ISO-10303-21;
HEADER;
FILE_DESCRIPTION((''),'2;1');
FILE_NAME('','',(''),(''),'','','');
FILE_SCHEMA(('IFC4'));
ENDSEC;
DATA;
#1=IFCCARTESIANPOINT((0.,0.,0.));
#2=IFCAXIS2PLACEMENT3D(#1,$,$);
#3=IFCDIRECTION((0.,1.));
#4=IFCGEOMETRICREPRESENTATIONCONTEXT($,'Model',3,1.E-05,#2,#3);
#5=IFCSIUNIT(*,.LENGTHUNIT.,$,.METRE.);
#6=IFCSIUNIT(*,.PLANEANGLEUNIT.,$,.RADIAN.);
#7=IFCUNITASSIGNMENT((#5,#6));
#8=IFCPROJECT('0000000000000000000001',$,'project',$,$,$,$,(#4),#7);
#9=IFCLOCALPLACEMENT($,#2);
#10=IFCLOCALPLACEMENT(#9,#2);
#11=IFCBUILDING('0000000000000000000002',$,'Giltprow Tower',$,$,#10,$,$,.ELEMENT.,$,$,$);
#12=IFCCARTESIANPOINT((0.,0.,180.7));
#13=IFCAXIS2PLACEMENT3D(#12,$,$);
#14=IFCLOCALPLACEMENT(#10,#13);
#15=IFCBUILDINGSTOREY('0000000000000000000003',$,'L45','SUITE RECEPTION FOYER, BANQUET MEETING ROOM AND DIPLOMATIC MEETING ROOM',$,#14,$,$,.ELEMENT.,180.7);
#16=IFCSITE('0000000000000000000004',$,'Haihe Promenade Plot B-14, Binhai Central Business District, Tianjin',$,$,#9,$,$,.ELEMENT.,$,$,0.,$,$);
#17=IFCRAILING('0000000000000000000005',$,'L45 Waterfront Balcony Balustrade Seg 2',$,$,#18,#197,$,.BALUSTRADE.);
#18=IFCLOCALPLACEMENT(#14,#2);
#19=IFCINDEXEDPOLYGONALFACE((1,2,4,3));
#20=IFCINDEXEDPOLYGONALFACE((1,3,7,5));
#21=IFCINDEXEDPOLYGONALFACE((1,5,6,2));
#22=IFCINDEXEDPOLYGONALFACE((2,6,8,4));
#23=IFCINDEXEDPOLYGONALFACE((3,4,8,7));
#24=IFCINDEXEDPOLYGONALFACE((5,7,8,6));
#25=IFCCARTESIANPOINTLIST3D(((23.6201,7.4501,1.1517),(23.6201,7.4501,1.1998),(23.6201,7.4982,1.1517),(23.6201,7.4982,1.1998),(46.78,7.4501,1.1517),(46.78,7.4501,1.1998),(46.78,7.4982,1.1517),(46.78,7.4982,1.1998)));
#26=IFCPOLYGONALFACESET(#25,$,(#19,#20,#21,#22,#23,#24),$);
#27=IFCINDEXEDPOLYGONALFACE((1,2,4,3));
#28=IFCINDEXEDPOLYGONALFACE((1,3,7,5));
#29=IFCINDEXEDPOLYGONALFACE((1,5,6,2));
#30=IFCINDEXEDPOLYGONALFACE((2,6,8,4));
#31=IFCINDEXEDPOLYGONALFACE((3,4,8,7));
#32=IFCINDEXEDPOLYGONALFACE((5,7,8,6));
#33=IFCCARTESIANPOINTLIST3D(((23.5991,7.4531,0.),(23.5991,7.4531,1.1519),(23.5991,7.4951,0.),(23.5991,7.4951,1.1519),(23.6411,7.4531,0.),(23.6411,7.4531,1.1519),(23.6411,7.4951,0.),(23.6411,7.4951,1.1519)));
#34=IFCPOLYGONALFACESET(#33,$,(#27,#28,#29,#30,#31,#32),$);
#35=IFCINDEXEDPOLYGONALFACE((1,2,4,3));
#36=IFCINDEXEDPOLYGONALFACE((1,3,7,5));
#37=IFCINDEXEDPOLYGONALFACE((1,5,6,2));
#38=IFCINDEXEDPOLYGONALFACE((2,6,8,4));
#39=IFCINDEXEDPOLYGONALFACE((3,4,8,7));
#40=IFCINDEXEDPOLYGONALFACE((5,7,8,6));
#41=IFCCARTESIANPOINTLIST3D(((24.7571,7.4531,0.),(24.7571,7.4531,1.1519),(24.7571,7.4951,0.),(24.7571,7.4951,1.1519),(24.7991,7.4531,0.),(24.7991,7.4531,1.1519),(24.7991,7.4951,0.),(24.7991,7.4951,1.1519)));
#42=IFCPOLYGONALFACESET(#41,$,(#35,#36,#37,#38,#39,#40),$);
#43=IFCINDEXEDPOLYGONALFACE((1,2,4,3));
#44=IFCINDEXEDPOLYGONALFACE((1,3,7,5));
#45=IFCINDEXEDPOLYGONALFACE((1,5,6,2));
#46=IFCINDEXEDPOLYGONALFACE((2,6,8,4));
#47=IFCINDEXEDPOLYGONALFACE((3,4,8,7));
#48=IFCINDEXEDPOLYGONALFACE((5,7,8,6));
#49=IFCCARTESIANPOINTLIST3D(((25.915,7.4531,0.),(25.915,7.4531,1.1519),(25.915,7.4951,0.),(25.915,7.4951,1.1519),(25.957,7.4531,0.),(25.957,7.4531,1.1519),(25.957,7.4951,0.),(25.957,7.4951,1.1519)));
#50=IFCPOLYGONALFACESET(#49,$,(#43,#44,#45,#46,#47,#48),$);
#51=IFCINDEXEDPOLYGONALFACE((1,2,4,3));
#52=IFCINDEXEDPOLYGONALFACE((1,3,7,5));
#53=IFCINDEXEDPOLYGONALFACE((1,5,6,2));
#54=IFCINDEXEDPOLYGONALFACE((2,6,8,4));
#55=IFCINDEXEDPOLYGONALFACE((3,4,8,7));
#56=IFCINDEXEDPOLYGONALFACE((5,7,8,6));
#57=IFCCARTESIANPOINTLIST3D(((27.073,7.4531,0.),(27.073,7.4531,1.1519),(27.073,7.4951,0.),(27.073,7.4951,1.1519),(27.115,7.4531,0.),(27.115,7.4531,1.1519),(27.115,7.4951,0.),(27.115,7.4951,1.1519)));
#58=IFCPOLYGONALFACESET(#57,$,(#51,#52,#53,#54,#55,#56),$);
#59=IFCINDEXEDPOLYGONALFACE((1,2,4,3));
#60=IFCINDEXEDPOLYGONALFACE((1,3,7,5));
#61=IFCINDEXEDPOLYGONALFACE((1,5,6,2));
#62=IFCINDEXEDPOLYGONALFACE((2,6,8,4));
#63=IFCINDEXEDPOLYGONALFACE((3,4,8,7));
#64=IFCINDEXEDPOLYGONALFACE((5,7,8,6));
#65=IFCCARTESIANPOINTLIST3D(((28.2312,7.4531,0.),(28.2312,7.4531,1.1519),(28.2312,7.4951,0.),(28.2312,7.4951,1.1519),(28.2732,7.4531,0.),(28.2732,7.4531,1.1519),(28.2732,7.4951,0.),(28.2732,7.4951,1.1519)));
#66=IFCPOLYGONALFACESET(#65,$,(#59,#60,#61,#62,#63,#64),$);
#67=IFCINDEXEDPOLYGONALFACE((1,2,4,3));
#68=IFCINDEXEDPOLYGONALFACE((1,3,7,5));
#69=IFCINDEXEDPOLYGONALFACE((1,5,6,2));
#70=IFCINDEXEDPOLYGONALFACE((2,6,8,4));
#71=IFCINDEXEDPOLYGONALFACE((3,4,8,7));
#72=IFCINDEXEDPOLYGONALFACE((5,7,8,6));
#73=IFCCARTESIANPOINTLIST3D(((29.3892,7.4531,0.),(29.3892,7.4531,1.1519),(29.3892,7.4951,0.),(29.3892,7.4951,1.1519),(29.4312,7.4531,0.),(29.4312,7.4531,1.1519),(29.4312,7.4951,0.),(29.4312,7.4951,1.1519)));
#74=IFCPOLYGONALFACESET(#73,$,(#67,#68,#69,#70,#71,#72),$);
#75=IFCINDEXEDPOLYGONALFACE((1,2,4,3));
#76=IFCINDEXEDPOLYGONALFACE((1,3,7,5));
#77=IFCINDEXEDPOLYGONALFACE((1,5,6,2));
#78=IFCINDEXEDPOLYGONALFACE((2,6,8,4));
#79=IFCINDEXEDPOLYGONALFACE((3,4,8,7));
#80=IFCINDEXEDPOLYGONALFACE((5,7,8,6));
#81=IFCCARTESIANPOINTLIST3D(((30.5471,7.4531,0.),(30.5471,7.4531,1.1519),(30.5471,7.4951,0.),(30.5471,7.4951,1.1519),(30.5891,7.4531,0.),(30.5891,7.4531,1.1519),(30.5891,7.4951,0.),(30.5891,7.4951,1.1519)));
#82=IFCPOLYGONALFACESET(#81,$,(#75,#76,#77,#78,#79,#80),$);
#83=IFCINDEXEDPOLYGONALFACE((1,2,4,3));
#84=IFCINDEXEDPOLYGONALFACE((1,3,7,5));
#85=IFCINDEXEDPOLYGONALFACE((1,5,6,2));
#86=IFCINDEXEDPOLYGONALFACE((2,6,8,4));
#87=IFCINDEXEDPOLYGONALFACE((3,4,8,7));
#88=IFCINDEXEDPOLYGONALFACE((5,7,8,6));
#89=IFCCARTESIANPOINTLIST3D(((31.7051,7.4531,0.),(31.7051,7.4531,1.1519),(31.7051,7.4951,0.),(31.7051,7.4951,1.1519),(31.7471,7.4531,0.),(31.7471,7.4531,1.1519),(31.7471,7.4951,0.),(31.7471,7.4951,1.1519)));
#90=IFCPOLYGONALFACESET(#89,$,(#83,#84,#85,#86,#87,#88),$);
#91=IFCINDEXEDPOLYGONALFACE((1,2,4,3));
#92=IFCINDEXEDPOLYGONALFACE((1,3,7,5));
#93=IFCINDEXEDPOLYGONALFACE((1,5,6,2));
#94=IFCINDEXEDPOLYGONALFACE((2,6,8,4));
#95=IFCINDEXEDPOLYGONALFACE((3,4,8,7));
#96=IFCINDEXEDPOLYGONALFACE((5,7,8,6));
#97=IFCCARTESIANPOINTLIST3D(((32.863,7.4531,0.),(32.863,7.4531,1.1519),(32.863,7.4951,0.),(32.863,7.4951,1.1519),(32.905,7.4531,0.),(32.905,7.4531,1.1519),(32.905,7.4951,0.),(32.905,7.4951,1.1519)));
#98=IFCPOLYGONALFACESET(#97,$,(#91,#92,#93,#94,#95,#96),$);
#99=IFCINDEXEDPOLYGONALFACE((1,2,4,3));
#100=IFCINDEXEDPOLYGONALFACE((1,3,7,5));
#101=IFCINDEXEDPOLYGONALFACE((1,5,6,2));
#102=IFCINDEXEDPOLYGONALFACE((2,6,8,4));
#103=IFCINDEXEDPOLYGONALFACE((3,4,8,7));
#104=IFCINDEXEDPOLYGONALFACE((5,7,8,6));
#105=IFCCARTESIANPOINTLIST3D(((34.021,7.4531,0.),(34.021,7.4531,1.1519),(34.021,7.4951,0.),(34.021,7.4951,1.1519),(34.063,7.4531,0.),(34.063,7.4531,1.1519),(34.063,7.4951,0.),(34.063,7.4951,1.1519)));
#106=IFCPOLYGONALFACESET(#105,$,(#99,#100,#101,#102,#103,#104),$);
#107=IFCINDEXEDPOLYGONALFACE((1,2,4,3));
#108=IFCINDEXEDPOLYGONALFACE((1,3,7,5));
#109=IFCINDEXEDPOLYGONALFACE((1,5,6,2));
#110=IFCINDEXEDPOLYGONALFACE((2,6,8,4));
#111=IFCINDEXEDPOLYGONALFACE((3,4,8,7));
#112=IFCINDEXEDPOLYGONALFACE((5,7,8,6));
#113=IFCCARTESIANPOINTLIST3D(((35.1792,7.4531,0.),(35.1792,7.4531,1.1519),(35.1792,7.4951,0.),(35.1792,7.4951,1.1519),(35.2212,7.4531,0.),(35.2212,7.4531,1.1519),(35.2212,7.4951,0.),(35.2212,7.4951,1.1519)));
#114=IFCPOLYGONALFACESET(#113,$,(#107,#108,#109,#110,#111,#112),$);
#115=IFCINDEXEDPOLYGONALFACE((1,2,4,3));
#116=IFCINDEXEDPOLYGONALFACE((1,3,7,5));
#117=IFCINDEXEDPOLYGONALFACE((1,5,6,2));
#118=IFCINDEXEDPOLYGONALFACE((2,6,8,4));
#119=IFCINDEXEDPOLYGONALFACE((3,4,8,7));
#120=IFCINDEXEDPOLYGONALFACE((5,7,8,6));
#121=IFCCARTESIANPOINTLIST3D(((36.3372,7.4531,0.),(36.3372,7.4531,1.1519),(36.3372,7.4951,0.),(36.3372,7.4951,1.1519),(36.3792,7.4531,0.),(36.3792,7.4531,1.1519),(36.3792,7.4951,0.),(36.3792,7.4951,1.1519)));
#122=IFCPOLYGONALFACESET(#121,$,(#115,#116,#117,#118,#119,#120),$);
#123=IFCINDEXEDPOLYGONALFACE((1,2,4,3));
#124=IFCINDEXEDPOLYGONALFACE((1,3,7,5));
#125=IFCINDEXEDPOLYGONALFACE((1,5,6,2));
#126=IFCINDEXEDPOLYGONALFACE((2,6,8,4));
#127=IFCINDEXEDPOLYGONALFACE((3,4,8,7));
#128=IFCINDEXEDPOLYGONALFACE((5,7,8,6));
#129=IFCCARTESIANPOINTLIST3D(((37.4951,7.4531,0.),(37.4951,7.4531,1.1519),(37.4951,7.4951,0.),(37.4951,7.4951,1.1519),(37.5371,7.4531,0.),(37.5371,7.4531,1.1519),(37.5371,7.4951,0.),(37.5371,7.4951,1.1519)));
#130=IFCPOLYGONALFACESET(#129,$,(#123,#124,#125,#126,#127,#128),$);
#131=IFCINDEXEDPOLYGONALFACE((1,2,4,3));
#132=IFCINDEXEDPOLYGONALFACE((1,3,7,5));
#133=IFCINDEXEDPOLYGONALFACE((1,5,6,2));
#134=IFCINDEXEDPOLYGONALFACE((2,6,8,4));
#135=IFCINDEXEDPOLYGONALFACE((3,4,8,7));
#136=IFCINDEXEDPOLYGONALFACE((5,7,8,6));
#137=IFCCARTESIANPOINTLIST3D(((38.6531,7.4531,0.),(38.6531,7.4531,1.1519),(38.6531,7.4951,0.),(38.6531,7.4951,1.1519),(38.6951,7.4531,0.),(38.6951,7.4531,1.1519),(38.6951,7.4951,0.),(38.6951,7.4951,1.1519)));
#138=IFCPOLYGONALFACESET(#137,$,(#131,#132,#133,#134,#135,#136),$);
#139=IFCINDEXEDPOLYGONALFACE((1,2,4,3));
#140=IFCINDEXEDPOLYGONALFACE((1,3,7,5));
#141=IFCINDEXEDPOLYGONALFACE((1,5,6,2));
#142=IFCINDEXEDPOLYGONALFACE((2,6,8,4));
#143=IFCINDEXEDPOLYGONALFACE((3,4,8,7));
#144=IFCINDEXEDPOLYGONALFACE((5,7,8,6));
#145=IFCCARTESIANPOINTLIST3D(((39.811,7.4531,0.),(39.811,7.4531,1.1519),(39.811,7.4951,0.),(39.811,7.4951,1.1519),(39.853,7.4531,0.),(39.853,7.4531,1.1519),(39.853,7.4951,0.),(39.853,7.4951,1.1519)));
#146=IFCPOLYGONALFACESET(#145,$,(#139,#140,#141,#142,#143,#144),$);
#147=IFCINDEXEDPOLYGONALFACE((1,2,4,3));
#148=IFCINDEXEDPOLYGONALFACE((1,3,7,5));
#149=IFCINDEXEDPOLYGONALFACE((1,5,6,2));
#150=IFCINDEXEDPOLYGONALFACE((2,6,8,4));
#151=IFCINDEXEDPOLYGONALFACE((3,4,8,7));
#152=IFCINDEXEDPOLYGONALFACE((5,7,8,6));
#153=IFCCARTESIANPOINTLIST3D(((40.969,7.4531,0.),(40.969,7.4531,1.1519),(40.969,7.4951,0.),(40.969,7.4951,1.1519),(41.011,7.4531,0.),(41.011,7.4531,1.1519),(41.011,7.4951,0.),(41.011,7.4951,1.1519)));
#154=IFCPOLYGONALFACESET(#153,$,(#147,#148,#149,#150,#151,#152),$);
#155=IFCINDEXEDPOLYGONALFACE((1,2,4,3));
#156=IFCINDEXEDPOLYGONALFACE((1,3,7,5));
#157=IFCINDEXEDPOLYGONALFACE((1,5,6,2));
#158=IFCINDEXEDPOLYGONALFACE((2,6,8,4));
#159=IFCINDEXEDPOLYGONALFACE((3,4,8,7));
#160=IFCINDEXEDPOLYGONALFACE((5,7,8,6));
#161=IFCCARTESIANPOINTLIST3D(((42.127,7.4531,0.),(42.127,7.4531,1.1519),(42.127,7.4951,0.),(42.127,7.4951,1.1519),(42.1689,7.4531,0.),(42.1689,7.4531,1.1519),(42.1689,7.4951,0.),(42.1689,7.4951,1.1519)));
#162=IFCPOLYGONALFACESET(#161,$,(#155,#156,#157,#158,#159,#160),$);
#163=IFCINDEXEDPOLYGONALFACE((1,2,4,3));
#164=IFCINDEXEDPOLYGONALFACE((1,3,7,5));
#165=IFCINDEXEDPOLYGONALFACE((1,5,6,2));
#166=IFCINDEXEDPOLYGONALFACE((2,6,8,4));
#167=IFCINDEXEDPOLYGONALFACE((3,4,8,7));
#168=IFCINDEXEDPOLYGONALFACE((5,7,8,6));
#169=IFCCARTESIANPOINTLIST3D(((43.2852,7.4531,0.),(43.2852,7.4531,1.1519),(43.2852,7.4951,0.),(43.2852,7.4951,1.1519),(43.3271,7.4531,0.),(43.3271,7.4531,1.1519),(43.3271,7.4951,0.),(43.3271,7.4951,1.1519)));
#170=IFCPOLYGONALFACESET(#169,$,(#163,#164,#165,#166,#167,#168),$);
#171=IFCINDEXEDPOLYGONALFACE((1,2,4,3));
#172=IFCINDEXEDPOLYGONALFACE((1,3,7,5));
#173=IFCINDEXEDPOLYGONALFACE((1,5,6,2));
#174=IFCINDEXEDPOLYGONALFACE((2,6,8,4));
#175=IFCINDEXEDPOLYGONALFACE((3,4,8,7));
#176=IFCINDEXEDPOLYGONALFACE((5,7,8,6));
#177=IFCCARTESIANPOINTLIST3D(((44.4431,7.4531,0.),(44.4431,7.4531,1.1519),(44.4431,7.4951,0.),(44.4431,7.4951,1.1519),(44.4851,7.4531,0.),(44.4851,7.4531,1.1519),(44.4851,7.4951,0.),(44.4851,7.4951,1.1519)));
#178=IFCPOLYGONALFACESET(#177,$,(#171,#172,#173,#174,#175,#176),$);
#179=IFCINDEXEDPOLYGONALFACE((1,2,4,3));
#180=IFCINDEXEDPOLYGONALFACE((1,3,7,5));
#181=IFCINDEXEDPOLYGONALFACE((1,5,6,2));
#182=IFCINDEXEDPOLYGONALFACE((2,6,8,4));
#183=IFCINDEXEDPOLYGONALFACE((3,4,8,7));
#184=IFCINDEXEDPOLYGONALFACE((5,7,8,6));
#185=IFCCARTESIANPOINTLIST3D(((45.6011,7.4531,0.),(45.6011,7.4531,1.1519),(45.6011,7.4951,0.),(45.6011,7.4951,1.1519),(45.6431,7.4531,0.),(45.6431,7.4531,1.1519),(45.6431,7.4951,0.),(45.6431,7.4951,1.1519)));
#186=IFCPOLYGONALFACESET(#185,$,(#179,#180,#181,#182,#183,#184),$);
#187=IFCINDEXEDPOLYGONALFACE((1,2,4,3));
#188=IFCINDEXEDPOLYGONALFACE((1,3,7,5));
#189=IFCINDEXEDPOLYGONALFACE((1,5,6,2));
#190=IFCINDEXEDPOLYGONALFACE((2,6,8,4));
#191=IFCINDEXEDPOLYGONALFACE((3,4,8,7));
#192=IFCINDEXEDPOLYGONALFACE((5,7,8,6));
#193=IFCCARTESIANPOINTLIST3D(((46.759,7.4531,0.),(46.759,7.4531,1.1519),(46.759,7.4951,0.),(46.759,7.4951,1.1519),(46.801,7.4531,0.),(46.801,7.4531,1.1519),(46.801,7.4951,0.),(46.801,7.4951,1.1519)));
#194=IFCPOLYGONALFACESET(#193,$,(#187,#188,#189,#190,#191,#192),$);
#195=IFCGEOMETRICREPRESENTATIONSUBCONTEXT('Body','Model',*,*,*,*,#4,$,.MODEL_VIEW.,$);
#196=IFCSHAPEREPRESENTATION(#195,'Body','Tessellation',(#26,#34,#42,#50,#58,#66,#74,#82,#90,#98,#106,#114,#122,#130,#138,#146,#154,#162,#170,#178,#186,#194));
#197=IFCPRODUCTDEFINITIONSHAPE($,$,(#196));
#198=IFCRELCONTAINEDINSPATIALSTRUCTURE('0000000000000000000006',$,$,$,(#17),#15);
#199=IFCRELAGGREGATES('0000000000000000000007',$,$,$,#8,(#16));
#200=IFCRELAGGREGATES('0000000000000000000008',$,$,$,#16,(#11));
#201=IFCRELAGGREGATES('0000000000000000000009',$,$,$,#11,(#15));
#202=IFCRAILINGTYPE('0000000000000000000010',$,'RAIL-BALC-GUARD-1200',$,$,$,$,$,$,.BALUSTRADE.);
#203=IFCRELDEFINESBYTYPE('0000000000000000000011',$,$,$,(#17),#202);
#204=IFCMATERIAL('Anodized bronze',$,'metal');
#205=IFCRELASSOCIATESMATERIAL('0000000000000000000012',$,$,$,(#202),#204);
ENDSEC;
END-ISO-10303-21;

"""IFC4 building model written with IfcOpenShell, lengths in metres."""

from ifc_helpers import new_model, si_unit, direction, frame, origin, origin_2d, place, context, subcontext, project, spatial, rectangle, extrude, material, type_object, element, save


model = new_model("IFC4")

# Units and contexts
model_context = context("Model", 3, precision=1e-05, world=origin(), true_north=direction((0.0, 1.0)))
body_context = subcontext(model_context, "Body", "Model", "MODEL_VIEW")
ifc_project = project(units=[si_unit("LENGTHUNIT", "METRE"), si_unit("PLANEANGLEUNIT", "RADIAN")], contexts=[model_context])

# Site, building, storey
site_placement = place(None, origin())
site = spatial("IfcSite", under=ifc_project, at=site_placement, Name="Haihe Promenade Plot B-14, Binhai Central Business District, Tianjin", CompositionType="ELEMENT", RefElevation=0.0)
building_placement = place(site_placement, origin())
building = spatial("IfcBuilding", under=site, at=building_placement, Name="Giltprow Tower", CompositionType="ELEMENT")
storey_placement = place(building_placement, frame((0.0, 0.0, 180.7)))
storey = spatial("IfcBuildingStorey", under=building, at=storey_placement, Name="L45", Description="SUITE RECEPTION FOYER, BANQUET MEETING ROOM AND DIPLOMATIC MEETING ROOM", CompositionType="ELEMENT", Elevation=180.7)

# Railing
ifc_material_1 = material(Name="Anodized bronze", Category="metal")
railing_type = type_object("IfcRailingType", Name="RAIL-BALC-GUARD-1200", PredefinedType="BALUSTRADE", material=ifc_material_1)
railing_1_placement = place(storey_placement, frame((23.6201, 7.4741, 0.0)))
element("IfcRailing", 1, at=railing_1_placement, inside=storey, type_object=railing_type, Name="L45 Waterfront Balcony Balustrade Seg 2", PredefinedType="BALUSTRADE", context=body_context, shape_type="SweptSolid", body=[
    extrude(rectangle(XDim=0.0481, YDim=0.0481, at=origin_2d()), frame((0.0, 0.0, 1.1758), z_axis=(1.0, 0.0, 0.0), x_axis=(0.0, 1.0, 0.0)), (0.0, 0.0, 1.0), 23.1599),
    extrude(rectangle(XDim=0.042, YDim=0.042, at=origin_2d()), origin(), (0.0, 0.0, 1.0), 1.1519),
    extrude(rectangle(XDim=0.042, YDim=0.042, at=origin_2d()), frame((1.158, 0.0, 0.0)), (0.0, 0.0, 1.0), 1.1519),
    extrude(rectangle(XDim=0.042, YDim=0.042, at=origin_2d()), frame((2.3159, 0.0, 0.0)), (0.0, 0.0, 1.0), 1.1519),
    extrude(rectangle(XDim=0.042, YDim=0.042, at=origin_2d()), frame((3.4739, 0.0, 0.0)), (0.0, 0.0, 1.0), 1.1519),
    extrude(rectangle(XDim=0.042, YDim=0.042, at=origin_2d()), frame((4.6321, 0.0, 0.0)), (0.0, 0.0, 1.0), 1.1519),
    extrude(rectangle(XDim=0.042, YDim=0.042, at=origin_2d()), frame((5.79, 0.0, 0.0)), (0.0, 0.0, 1.0), 1.1519),
    extrude(rectangle(XDim=0.042, YDim=0.042, at=origin_2d()), frame((6.948, 0.0, 0.0)), (0.0, 0.0, 1.0), 1.1519),
    extrude(rectangle(XDim=0.042, YDim=0.042, at=origin_2d()), frame((8.106, 0.0, 0.0)), (0.0, 0.0, 1.0), 1.1519),
    extrude(rectangle(XDim=0.042, YDim=0.042, at=origin_2d()), frame((9.2639, 0.0, 0.0)), (0.0, 0.0, 1.0), 1.1519),
    extrude(rectangle(XDim=0.042, YDim=0.042, at=origin_2d()), frame((10.4219, 0.0, 0.0)), (0.0, 0.0, 1.0), 1.1519),
    extrude(rectangle(XDim=0.042, YDim=0.042, at=origin_2d()), frame((11.5801, 0.0, 0.0)), (0.0, 0.0, 1.0), 1.1519),
    extrude(rectangle(XDim=0.042, YDim=0.042, at=origin_2d()), frame((12.738, 0.0, 0.0)), (0.0, 0.0, 1.0), 1.1519),
    extrude(rectangle(XDim=0.042, YDim=0.042, at=origin_2d()), frame((13.896, 0.0, 0.0)), (0.0, 0.0, 1.0), 1.1519),
    extrude(rectangle(XDim=0.042, YDim=0.042, at=origin_2d()), frame((15.054, 0.0, 0.0)), (0.0, 0.0, 1.0), 1.1519),
    extrude(rectangle(XDim=0.042, YDim=0.042, at=origin_2d()), frame((16.2119, 0.0, 0.0)), (0.0, 0.0, 1.0), 1.1519),
    extrude(rectangle(XDim=0.042, YDim=0.042, at=origin_2d()), frame((17.3699, 0.0, 0.0)), (0.0, 0.0, 1.0), 1.1519),
    extrude(rectangle(XDim=0.042, YDim=0.042, at=origin_2d()), frame((18.5278, 0.0, 0.0)), (0.0, 0.0, 1.0), 1.1519),
    extrude(rectangle(XDim=0.042, YDim=0.042, at=origin_2d()), frame((19.686, 0.0, 0.0)), (0.0, 0.0, 1.0), 1.1519),
    extrude(rectangle(XDim=0.042, YDim=0.042, at=origin_2d()), frame((20.844, 0.0, 0.0)), (0.0, 0.0, 1.0), 1.1519),
    extrude(rectangle(XDim=0.042, YDim=0.042, at=origin_2d()), frame((22.002, 0.0, 0.0)), (0.0, 0.0, 1.0), 1.1519),
    extrude(rectangle(XDim=0.042, YDim=0.042, at=origin_2d()), frame((23.1599, 0.0, 0.0)), (0.0, 0.0, 1.0), 1.1519),
])

save(model, "model.ifc")
